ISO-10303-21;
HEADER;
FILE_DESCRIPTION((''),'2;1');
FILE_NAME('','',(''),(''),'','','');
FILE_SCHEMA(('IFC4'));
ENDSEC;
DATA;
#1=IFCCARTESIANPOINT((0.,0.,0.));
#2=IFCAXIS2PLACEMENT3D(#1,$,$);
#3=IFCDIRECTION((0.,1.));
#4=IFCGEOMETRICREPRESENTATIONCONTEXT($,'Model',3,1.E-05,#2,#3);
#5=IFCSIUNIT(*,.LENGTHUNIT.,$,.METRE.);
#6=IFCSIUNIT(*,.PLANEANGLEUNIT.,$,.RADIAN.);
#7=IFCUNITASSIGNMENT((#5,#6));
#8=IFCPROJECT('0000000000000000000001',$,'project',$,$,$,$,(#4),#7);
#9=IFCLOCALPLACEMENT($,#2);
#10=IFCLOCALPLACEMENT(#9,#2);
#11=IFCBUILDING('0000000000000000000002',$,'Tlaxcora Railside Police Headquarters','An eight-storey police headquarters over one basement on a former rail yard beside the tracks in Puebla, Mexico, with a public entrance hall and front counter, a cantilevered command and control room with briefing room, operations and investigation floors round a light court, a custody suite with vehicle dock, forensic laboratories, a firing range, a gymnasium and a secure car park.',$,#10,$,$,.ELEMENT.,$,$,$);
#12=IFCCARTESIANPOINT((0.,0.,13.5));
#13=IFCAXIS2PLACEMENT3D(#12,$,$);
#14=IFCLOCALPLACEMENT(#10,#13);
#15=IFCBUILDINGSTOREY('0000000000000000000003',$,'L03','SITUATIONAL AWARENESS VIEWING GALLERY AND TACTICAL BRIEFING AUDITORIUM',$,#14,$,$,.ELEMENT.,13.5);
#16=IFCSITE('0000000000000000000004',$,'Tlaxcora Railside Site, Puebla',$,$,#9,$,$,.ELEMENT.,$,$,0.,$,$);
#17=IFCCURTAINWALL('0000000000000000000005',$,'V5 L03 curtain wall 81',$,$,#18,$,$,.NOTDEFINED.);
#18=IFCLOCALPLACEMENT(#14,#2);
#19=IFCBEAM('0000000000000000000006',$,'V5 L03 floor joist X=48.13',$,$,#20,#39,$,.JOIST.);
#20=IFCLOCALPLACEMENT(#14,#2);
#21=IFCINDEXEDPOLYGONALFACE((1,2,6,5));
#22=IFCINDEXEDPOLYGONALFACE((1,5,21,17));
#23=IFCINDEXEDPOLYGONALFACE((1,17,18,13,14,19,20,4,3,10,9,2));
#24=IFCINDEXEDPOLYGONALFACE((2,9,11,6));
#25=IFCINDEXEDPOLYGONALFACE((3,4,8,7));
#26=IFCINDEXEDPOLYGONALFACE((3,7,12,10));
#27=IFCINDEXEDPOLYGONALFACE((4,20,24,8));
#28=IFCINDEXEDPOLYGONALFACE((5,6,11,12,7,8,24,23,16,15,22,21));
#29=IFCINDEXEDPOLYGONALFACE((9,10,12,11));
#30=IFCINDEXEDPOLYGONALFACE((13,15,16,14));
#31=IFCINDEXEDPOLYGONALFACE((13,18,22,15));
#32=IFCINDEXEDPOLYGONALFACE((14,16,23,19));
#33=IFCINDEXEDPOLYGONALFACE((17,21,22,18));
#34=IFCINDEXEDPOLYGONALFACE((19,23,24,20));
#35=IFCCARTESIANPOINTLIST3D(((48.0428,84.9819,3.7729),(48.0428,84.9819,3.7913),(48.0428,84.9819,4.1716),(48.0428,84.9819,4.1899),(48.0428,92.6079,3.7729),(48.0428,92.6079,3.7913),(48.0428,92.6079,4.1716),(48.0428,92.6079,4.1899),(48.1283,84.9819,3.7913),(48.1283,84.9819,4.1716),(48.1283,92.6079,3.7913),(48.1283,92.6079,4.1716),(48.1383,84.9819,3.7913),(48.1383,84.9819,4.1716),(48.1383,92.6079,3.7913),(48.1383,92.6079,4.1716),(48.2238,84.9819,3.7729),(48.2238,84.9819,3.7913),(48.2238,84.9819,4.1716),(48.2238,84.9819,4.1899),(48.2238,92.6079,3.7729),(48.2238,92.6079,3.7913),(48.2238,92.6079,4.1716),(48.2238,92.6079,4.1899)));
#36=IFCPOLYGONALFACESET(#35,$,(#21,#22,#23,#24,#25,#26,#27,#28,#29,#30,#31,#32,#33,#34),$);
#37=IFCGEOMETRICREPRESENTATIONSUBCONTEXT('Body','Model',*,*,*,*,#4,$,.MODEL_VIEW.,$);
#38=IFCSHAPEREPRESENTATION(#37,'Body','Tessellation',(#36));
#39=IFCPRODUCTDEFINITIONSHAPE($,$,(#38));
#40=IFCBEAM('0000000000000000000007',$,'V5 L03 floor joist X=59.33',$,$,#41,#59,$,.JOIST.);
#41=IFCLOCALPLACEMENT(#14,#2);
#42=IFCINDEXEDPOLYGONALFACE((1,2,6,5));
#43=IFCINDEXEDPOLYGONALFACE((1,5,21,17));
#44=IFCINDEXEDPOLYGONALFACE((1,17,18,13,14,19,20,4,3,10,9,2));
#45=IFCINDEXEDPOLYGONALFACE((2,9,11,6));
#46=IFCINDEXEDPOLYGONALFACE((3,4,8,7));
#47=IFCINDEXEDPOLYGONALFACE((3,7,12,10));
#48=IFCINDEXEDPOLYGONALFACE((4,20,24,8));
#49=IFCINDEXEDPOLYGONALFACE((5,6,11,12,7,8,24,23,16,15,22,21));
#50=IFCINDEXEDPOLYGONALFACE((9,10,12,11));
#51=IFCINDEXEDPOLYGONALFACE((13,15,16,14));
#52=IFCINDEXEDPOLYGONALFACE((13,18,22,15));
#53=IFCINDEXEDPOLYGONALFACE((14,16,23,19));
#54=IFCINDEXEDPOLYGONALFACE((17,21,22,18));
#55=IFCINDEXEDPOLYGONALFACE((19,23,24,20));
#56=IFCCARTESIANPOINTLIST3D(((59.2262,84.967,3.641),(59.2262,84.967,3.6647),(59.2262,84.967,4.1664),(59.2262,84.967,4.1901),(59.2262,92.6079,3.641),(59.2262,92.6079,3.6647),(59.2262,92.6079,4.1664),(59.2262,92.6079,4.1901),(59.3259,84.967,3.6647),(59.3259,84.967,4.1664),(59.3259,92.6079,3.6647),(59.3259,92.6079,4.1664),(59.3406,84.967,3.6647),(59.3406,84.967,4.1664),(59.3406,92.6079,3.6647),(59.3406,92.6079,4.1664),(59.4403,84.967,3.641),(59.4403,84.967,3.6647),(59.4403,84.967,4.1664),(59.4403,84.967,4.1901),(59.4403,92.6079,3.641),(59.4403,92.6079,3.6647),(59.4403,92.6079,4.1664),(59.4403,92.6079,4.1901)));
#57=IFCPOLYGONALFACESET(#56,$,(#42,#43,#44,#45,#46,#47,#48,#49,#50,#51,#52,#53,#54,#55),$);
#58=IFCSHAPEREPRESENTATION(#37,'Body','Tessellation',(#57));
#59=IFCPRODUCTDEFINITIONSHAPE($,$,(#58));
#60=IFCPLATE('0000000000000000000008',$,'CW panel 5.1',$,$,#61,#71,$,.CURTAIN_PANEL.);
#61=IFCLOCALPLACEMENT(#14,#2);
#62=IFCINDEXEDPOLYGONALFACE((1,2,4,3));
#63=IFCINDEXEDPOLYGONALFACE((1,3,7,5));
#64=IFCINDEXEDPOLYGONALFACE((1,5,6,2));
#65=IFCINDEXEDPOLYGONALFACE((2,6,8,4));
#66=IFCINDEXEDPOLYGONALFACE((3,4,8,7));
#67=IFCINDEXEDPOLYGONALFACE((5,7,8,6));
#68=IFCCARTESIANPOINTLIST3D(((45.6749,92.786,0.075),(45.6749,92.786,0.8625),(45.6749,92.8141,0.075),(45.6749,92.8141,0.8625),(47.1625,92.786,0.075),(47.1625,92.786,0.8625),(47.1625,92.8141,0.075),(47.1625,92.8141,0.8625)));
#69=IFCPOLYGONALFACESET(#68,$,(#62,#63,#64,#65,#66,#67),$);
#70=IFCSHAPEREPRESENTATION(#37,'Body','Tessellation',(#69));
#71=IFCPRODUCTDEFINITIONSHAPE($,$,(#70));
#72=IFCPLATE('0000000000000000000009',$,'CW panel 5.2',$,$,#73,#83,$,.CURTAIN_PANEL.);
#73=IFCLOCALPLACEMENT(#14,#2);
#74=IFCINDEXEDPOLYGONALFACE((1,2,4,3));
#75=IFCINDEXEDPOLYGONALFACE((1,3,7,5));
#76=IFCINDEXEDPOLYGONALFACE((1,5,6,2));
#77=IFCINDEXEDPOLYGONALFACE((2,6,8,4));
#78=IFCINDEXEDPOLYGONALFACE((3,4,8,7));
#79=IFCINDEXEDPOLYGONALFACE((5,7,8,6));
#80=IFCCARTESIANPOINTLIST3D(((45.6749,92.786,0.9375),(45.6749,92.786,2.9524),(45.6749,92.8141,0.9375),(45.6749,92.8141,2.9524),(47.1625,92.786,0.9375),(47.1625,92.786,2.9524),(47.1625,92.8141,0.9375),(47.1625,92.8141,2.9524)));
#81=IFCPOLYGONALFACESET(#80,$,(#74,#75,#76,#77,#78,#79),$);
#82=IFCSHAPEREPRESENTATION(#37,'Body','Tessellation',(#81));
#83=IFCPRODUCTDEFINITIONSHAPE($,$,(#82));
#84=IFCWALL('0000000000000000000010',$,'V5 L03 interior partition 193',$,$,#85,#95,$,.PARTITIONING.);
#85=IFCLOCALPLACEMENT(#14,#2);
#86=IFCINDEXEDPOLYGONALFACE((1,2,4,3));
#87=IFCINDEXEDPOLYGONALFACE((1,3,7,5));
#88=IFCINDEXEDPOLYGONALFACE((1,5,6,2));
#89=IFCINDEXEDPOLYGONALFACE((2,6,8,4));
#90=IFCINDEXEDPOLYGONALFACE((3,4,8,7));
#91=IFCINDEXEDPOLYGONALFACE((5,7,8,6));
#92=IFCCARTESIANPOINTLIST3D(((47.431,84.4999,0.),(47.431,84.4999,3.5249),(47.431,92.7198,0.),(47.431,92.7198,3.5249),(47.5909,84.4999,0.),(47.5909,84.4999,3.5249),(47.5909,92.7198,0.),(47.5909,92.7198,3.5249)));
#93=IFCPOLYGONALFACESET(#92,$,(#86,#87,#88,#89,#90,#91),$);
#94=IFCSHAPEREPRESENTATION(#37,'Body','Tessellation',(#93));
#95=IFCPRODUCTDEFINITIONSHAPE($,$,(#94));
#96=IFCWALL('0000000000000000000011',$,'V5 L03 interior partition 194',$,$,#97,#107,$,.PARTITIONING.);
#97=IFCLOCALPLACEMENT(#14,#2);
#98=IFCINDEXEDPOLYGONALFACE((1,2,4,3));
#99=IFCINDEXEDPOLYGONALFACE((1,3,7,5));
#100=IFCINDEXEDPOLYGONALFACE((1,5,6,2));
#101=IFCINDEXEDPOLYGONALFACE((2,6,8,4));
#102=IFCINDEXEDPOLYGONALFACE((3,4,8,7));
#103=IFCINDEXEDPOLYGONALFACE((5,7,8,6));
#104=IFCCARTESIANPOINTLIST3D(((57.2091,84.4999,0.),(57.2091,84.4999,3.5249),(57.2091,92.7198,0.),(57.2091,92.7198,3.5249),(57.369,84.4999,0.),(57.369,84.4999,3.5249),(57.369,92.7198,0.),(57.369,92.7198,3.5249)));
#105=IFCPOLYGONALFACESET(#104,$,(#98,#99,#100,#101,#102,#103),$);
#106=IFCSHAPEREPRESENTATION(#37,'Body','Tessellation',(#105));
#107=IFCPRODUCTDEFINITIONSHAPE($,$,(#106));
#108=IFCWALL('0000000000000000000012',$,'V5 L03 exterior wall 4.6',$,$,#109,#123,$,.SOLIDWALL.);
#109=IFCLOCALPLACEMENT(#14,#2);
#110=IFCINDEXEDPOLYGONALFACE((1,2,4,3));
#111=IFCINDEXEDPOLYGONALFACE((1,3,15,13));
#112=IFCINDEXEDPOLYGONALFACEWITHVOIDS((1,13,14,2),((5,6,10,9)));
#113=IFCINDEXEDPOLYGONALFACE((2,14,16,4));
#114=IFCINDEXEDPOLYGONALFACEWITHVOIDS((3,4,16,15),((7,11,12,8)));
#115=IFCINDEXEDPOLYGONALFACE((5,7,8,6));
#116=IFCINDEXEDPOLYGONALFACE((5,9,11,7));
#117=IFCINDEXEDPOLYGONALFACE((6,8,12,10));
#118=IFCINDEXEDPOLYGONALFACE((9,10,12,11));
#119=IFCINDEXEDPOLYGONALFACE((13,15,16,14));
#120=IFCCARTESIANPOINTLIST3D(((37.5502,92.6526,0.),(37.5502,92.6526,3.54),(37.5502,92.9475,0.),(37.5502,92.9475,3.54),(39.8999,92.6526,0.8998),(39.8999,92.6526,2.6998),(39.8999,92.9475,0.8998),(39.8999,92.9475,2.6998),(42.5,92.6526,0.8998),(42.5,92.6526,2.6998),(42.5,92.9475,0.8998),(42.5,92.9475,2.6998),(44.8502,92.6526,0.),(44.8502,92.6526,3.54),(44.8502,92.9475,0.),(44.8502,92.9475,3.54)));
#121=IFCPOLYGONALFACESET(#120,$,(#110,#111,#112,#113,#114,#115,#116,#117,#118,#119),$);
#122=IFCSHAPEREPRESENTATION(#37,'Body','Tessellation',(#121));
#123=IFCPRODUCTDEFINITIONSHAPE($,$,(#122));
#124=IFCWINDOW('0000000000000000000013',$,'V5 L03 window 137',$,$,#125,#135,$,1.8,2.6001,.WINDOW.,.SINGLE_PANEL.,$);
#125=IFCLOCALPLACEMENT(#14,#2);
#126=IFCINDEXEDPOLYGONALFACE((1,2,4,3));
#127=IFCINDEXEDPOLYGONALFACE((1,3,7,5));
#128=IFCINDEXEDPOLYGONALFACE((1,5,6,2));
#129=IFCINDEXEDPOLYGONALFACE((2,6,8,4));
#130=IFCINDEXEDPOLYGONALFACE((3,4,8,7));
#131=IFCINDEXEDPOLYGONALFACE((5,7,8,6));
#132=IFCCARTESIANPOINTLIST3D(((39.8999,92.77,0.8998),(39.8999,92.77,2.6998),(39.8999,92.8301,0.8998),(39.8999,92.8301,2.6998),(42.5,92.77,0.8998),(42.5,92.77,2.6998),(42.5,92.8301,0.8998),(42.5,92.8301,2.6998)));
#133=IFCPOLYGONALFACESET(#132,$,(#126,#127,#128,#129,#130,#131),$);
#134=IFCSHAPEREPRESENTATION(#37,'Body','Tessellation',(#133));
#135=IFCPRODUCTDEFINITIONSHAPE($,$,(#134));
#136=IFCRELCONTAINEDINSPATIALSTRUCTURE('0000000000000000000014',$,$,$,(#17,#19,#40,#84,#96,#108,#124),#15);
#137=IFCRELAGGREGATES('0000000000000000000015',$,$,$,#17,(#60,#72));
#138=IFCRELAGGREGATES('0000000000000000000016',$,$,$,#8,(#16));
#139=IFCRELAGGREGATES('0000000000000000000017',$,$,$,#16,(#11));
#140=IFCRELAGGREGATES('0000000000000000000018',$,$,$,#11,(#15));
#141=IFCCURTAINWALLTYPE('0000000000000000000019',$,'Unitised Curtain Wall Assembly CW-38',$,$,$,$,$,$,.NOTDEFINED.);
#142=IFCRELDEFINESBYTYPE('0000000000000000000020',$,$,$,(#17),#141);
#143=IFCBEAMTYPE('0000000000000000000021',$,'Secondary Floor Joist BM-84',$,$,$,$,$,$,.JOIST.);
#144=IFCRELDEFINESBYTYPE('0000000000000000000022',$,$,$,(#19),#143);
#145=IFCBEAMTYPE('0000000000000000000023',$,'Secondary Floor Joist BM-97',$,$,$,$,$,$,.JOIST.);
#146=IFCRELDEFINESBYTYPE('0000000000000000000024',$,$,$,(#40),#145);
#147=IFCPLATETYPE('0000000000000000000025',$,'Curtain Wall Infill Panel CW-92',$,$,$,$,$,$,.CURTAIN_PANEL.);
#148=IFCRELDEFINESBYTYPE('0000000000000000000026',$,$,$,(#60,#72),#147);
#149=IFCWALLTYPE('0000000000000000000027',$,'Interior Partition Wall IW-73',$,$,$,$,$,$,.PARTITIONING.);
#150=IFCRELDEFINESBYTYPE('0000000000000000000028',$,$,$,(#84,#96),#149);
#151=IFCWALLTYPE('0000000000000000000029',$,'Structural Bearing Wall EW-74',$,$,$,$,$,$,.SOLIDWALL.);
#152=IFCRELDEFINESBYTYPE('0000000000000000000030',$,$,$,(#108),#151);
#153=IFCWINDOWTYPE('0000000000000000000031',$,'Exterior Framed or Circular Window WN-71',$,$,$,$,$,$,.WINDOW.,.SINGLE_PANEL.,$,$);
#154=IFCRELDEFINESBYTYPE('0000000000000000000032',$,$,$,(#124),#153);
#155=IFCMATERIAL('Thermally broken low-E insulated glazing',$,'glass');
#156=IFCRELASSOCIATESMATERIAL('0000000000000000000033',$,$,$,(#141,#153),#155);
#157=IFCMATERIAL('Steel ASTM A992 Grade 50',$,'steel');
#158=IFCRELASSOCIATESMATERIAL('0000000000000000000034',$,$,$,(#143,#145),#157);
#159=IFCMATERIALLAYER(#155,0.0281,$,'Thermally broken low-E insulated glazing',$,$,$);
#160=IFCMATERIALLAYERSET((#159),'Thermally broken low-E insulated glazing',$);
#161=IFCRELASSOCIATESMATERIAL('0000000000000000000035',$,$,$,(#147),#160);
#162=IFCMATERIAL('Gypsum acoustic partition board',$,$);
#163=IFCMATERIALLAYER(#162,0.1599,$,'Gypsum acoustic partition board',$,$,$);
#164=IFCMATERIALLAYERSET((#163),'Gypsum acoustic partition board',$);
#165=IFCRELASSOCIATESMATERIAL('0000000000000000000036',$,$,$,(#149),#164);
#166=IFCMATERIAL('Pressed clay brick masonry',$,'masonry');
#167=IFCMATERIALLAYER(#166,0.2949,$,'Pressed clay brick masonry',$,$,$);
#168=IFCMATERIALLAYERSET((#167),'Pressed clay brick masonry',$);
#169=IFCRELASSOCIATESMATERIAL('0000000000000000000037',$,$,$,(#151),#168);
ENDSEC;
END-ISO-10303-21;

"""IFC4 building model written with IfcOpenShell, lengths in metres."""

from ifc_helpers import new_model, si_unit, direction, frame, frame_2d, origin, origin_2d, place, context, subcontext, project, spatial, rectangle, i_section, extrude, material, layer, layer_set, material_profile, profile_set, type_object, element, fill, aggregate, save


model = new_model("IFC4")

# Units and contexts
model_context = context("Model", 3, precision=1e-05, world=origin(), true_north=direction((0.0, 1.0)))
body_context = subcontext(model_context, "Body", "Model", "MODEL_VIEW")
ifc_project = project(units=[si_unit("LENGTHUNIT", "METRE"), si_unit("PLANEANGLEUNIT", "RADIAN")], contexts=[model_context])

# Site, building, storey
site_placement = place(None, origin())
site = spatial("IfcSite", under=ifc_project, at=site_placement, Name="Tlaxcora Railside Site, Puebla", CompositionType="ELEMENT", RefElevation=0.0)
building_placement = place(site_placement, origin())
building = spatial("IfcBuilding", under=site, at=building_placement, Name="Tlaxcora Railside Police Headquarters", Description="An eight-storey police headquarters over one basement on a former rail yard beside the tracks in Puebla, Mexico, with a public entrance hall and front counter, a cantilevered command and control room with briefing room, operations and investigation floors round a light court, a custody suite with vehicle dock, forensic laboratories, a firing range, a gymnasium and a secure car park.", CompositionType="ELEMENT")
storey_placement = place(building_placement, frame((0.0, 0.0, 13.5)))
storey = spatial("IfcBuildingStorey", under=building, at=storey_placement, Name="L03", Description="SITUATIONAL AWARENESS VIEWING GALLERY AND TACTICAL BRIEFING AUDITORIUM", CompositionType="ELEMENT", Elevation=13.5)

# Curtain wall
ifc_material_1 = material(Name="Thermally broken low-E insulated glazing", Category="glass")
curtain_wall_type = type_object("IfcCurtainWallType", Name="Unitised Curtain Wall Assembly CW-38", PredefinedType="NOTDEFINED", material=ifc_material_1)
curtain_wall_placement = place(storey_placement, origin())
curtain_wall = element("IfcCurtainWall", 1, at=curtain_wall_placement, inside=storey, type_object=curtain_wall_type, Name="V5 L03 curtain wall 81", PredefinedType="NOTDEFINED")

# Beams
ifc_material_2 = material(Name="Steel ASTM A992 Grade 50", Category="steel")
ifc_material_profile_1 = material_profile(ifc_material_2, i_section(OverallWidth=0.1809, OverallDepth=0.417, WebThickness=0.01, FlangeThickness=0.0183, at=origin_2d()), Name="W16X57")
ifc_profile_set_1 = profile_set([ifc_material_profile_1], Name="Steel ASTM A992 Grade 50")
beam_type_1 = type_object("IfcBeamType", Name="Secondary Floor Joist BM-84", PredefinedType="JOIST", material=ifc_profile_set_1)
beam_1_placement = place(storey_placement, frame((48.1333, 84.9819, 3.9814), z_axis=(0.0, 1.0, 0.0), x_axis=(-1.0, 0.0, 0.0)))
element("IfcBeam", 2, at=beam_1_placement, inside=storey, type_object=beam_type_1, Name="V5 L03 floor joist X=48.13", PredefinedType="JOIST", context=body_context, shape_type="SweptSolid", body=[
    extrude(i_section(OverallWidth=0.1809, OverallDepth=0.417, WebThickness=0.01, FlangeThickness=0.0183, at=origin_2d()), origin(), (0.0, 0.0, 1.0), 7.626),
])
ifc_material_profile_2 = material_profile(ifc_material_2, i_section(OverallWidth=0.2141, OverallDepth=0.5491, WebThickness=0.0146, FlangeThickness=0.0237, at=origin_2d()), Name="W21X93")
ifc_profile_set_2 = profile_set([ifc_material_profile_2], Name="Steel ASTM A992 Grade 50")
beam_type_2 = type_object("IfcBeamType", Name="Secondary Floor Joist BM-97", PredefinedType="JOIST", material=ifc_profile_set_2)
beam_2_placement = place(storey_placement, frame((59.3333, 84.967, 3.9155), z_axis=(0.0, 1.0, 0.0), x_axis=(-1.0, 0.0, 0.0)))
element("IfcBeam", 3, at=beam_2_placement, inside=storey, type_object=beam_type_2, Name="V5 L03 floor joist X=59.33", PredefinedType="JOIST", context=body_context, shape_type="SweptSolid", body=[
    extrude(i_section(OverallWidth=0.2141, OverallDepth=0.5491, WebThickness=0.0146, FlangeThickness=0.0237, at=origin_2d()), origin(), (0.0, 0.0, 1.0), 7.6409),
])

# Plates
ifc_layer_1 = layer(ifc_material_1, 0.0281, Name="Thermally broken low-E insulated glazing")
ifc_layer_set_1 = layer_set([ifc_layer_1], Name="Thermally broken low-E insulated glazing")
plate_type = type_object("IfcPlateType", Name="Curtain Wall Infill Panel CW-92", PredefinedType="CURTAIN_PANEL", material=ifc_layer_set_1)
plate_1_placement = place(storey_placement, frame((46.4187, 92.8, 0.075), z_axis=(0.0, 0.0, 1.0), x_axis=(-1.0, 0.0, 0.0)))
plate_1 = element("IfcPlate", 4, at=plate_1_placement, type_object=plate_type, Name="CW panel 5.1", PredefinedType="CURTAIN_PANEL", context=body_context, shape_type="SweptSolid", body=[
    extrude(rectangle(XDim=1.4875, YDim=0.0281, at=origin_2d()), origin(), (0.0, 0.0, 1.0), 0.7876),
])
plate_2_placement = place(storey_placement, frame((46.4187, 92.8, 0.9375), z_axis=(0.0, 0.0, 1.0), x_axis=(-1.0, 0.0, 0.0)))
plate_2 = element("IfcPlate", 5, at=plate_2_placement, type_object=plate_type, Name="CW panel 5.2", PredefinedType="CURTAIN_PANEL", context=body_context, shape_type="SweptSolid", body=[
    extrude(rectangle(XDim=1.4875, YDim=0.0281, at=origin_2d()), origin(), (0.0, 0.0, 1.0), 2.0149),
])
aggregate(curtain_wall, [plate_1, plate_2])

# Walls
ifc_material_3 = material(Name="Gypsum acoustic partition board")
ifc_layer_2 = layer(ifc_material_3, 0.1599, Name="Gypsum acoustic partition board")
ifc_layer_set_2 = layer_set([ifc_layer_2], Name="Gypsum acoustic partition board")
wall_type_1 = type_object("IfcWallType", Name="Interior Partition Wall IW-73", PredefinedType="PARTITIONING", material=ifc_layer_set_2)
for number, where, z_axis, x_axis, name in (
    (6, (47.511, 84.5, 0.0), (0.0, 0.0, 1.0), (0.0, 1.0, 0.0), "V5 L03 interior partition 193"),
    (7, (57.2891, 84.5, 0.0), (0.0, 0.0, 1.0), (0.0, 1.0, 0.0), "V5 L03 interior partition 194"),
):
    element("IfcWall", number, at=place(storey_placement, frame(where, z_axis=z_axis, x_axis=x_axis)), inside=storey, type_object=wall_type_1, Name=name, PredefinedType="PARTITIONING", context=body_context, shape_type="SweptSolid", body=[
        extrude(rectangle(XDim=8.22, YDim=0.1599, at=frame_2d((4.1099, 0.0))), origin(), (0.0, 0.0, 1.0), 3.5249),
    ])

# Wall, opening, window
ifc_material_4 = material(Name="Pressed clay brick masonry", Category="masonry")
ifc_layer_3 = layer(ifc_material_4, 0.2949, Name="Pressed clay brick masonry")
ifc_layer_set_3 = layer_set([ifc_layer_3], Name="Pressed clay brick masonry")
wall_type_2 = type_object("IfcWallType", Name="Structural Bearing Wall EW-74", PredefinedType="SOLIDWALL", material=ifc_layer_set_3)
wall_placement = place(storey_placement, frame((44.8501, 92.8, 0.0), z_axis=(0.0, 0.0, 1.0), x_axis=(-1.0, 0.0, 0.0)))
wall = element("IfcWall", 8, at=wall_placement, inside=storey, type_object=wall_type_2, Name="V5 L03 exterior wall 4.6", PredefinedType="SOLIDWALL", context=body_context, shape_type="SweptSolid", body=[
    extrude(rectangle(XDim=7.3, YDim=0.2949, at=frame_2d((3.6499, 0.0))), origin(), (0.0, 0.0, 1.0), 3.54),
])
opening_placement = place(wall_placement, frame((2.3501, 0.0, 0.8999)))
opening = element("IfcOpeningElement", 9, at=opening_placement, cuts=wall, PredefinedType="OPENING", context=body_context, shape_type="SweptSolid", body=[
    extrude(rectangle(XDim=2.6001, YDim=1.8, at=frame_2d((1.3, 0.8999))), frame((0.0, 0.1575, 0.0), z_axis=(0.0, -1.0, 0.0), x_axis=(1.0, 0.0, 0.0)), (0.0, 0.0, 1.0), 0.3149),
])
window_type = type_object("IfcWindowType", Name="Exterior Framed or Circular Window WN-71", PartitioningType="SINGLE_PANEL", PredefinedType="WINDOW", material=ifc_material_1)
window_placement = place(opening_placement, origin())
window = element("IfcWindow", 10, at=window_placement, inside=storey, type_object=window_type, Name="V5 L03 window 137", OverallHeight=1.8, OverallWidth=2.6001, PartitioningType="SINGLE_PANEL", PredefinedType="WINDOW", context=body_context, shape_type="SweptSolid", body=[
    extrude(rectangle(XDim=2.6001, YDim=1.8, at=frame_2d((1.3, 0.8999))), frame((0.0, 0.03, 0.0), z_axis=(0.0, -1.0, 0.0), x_axis=(1.0, 0.0, 0.0)), (0.0, 0.0, 1.0), 0.0601),
])
fill(opening, window)

save(model, "model.ifc")
